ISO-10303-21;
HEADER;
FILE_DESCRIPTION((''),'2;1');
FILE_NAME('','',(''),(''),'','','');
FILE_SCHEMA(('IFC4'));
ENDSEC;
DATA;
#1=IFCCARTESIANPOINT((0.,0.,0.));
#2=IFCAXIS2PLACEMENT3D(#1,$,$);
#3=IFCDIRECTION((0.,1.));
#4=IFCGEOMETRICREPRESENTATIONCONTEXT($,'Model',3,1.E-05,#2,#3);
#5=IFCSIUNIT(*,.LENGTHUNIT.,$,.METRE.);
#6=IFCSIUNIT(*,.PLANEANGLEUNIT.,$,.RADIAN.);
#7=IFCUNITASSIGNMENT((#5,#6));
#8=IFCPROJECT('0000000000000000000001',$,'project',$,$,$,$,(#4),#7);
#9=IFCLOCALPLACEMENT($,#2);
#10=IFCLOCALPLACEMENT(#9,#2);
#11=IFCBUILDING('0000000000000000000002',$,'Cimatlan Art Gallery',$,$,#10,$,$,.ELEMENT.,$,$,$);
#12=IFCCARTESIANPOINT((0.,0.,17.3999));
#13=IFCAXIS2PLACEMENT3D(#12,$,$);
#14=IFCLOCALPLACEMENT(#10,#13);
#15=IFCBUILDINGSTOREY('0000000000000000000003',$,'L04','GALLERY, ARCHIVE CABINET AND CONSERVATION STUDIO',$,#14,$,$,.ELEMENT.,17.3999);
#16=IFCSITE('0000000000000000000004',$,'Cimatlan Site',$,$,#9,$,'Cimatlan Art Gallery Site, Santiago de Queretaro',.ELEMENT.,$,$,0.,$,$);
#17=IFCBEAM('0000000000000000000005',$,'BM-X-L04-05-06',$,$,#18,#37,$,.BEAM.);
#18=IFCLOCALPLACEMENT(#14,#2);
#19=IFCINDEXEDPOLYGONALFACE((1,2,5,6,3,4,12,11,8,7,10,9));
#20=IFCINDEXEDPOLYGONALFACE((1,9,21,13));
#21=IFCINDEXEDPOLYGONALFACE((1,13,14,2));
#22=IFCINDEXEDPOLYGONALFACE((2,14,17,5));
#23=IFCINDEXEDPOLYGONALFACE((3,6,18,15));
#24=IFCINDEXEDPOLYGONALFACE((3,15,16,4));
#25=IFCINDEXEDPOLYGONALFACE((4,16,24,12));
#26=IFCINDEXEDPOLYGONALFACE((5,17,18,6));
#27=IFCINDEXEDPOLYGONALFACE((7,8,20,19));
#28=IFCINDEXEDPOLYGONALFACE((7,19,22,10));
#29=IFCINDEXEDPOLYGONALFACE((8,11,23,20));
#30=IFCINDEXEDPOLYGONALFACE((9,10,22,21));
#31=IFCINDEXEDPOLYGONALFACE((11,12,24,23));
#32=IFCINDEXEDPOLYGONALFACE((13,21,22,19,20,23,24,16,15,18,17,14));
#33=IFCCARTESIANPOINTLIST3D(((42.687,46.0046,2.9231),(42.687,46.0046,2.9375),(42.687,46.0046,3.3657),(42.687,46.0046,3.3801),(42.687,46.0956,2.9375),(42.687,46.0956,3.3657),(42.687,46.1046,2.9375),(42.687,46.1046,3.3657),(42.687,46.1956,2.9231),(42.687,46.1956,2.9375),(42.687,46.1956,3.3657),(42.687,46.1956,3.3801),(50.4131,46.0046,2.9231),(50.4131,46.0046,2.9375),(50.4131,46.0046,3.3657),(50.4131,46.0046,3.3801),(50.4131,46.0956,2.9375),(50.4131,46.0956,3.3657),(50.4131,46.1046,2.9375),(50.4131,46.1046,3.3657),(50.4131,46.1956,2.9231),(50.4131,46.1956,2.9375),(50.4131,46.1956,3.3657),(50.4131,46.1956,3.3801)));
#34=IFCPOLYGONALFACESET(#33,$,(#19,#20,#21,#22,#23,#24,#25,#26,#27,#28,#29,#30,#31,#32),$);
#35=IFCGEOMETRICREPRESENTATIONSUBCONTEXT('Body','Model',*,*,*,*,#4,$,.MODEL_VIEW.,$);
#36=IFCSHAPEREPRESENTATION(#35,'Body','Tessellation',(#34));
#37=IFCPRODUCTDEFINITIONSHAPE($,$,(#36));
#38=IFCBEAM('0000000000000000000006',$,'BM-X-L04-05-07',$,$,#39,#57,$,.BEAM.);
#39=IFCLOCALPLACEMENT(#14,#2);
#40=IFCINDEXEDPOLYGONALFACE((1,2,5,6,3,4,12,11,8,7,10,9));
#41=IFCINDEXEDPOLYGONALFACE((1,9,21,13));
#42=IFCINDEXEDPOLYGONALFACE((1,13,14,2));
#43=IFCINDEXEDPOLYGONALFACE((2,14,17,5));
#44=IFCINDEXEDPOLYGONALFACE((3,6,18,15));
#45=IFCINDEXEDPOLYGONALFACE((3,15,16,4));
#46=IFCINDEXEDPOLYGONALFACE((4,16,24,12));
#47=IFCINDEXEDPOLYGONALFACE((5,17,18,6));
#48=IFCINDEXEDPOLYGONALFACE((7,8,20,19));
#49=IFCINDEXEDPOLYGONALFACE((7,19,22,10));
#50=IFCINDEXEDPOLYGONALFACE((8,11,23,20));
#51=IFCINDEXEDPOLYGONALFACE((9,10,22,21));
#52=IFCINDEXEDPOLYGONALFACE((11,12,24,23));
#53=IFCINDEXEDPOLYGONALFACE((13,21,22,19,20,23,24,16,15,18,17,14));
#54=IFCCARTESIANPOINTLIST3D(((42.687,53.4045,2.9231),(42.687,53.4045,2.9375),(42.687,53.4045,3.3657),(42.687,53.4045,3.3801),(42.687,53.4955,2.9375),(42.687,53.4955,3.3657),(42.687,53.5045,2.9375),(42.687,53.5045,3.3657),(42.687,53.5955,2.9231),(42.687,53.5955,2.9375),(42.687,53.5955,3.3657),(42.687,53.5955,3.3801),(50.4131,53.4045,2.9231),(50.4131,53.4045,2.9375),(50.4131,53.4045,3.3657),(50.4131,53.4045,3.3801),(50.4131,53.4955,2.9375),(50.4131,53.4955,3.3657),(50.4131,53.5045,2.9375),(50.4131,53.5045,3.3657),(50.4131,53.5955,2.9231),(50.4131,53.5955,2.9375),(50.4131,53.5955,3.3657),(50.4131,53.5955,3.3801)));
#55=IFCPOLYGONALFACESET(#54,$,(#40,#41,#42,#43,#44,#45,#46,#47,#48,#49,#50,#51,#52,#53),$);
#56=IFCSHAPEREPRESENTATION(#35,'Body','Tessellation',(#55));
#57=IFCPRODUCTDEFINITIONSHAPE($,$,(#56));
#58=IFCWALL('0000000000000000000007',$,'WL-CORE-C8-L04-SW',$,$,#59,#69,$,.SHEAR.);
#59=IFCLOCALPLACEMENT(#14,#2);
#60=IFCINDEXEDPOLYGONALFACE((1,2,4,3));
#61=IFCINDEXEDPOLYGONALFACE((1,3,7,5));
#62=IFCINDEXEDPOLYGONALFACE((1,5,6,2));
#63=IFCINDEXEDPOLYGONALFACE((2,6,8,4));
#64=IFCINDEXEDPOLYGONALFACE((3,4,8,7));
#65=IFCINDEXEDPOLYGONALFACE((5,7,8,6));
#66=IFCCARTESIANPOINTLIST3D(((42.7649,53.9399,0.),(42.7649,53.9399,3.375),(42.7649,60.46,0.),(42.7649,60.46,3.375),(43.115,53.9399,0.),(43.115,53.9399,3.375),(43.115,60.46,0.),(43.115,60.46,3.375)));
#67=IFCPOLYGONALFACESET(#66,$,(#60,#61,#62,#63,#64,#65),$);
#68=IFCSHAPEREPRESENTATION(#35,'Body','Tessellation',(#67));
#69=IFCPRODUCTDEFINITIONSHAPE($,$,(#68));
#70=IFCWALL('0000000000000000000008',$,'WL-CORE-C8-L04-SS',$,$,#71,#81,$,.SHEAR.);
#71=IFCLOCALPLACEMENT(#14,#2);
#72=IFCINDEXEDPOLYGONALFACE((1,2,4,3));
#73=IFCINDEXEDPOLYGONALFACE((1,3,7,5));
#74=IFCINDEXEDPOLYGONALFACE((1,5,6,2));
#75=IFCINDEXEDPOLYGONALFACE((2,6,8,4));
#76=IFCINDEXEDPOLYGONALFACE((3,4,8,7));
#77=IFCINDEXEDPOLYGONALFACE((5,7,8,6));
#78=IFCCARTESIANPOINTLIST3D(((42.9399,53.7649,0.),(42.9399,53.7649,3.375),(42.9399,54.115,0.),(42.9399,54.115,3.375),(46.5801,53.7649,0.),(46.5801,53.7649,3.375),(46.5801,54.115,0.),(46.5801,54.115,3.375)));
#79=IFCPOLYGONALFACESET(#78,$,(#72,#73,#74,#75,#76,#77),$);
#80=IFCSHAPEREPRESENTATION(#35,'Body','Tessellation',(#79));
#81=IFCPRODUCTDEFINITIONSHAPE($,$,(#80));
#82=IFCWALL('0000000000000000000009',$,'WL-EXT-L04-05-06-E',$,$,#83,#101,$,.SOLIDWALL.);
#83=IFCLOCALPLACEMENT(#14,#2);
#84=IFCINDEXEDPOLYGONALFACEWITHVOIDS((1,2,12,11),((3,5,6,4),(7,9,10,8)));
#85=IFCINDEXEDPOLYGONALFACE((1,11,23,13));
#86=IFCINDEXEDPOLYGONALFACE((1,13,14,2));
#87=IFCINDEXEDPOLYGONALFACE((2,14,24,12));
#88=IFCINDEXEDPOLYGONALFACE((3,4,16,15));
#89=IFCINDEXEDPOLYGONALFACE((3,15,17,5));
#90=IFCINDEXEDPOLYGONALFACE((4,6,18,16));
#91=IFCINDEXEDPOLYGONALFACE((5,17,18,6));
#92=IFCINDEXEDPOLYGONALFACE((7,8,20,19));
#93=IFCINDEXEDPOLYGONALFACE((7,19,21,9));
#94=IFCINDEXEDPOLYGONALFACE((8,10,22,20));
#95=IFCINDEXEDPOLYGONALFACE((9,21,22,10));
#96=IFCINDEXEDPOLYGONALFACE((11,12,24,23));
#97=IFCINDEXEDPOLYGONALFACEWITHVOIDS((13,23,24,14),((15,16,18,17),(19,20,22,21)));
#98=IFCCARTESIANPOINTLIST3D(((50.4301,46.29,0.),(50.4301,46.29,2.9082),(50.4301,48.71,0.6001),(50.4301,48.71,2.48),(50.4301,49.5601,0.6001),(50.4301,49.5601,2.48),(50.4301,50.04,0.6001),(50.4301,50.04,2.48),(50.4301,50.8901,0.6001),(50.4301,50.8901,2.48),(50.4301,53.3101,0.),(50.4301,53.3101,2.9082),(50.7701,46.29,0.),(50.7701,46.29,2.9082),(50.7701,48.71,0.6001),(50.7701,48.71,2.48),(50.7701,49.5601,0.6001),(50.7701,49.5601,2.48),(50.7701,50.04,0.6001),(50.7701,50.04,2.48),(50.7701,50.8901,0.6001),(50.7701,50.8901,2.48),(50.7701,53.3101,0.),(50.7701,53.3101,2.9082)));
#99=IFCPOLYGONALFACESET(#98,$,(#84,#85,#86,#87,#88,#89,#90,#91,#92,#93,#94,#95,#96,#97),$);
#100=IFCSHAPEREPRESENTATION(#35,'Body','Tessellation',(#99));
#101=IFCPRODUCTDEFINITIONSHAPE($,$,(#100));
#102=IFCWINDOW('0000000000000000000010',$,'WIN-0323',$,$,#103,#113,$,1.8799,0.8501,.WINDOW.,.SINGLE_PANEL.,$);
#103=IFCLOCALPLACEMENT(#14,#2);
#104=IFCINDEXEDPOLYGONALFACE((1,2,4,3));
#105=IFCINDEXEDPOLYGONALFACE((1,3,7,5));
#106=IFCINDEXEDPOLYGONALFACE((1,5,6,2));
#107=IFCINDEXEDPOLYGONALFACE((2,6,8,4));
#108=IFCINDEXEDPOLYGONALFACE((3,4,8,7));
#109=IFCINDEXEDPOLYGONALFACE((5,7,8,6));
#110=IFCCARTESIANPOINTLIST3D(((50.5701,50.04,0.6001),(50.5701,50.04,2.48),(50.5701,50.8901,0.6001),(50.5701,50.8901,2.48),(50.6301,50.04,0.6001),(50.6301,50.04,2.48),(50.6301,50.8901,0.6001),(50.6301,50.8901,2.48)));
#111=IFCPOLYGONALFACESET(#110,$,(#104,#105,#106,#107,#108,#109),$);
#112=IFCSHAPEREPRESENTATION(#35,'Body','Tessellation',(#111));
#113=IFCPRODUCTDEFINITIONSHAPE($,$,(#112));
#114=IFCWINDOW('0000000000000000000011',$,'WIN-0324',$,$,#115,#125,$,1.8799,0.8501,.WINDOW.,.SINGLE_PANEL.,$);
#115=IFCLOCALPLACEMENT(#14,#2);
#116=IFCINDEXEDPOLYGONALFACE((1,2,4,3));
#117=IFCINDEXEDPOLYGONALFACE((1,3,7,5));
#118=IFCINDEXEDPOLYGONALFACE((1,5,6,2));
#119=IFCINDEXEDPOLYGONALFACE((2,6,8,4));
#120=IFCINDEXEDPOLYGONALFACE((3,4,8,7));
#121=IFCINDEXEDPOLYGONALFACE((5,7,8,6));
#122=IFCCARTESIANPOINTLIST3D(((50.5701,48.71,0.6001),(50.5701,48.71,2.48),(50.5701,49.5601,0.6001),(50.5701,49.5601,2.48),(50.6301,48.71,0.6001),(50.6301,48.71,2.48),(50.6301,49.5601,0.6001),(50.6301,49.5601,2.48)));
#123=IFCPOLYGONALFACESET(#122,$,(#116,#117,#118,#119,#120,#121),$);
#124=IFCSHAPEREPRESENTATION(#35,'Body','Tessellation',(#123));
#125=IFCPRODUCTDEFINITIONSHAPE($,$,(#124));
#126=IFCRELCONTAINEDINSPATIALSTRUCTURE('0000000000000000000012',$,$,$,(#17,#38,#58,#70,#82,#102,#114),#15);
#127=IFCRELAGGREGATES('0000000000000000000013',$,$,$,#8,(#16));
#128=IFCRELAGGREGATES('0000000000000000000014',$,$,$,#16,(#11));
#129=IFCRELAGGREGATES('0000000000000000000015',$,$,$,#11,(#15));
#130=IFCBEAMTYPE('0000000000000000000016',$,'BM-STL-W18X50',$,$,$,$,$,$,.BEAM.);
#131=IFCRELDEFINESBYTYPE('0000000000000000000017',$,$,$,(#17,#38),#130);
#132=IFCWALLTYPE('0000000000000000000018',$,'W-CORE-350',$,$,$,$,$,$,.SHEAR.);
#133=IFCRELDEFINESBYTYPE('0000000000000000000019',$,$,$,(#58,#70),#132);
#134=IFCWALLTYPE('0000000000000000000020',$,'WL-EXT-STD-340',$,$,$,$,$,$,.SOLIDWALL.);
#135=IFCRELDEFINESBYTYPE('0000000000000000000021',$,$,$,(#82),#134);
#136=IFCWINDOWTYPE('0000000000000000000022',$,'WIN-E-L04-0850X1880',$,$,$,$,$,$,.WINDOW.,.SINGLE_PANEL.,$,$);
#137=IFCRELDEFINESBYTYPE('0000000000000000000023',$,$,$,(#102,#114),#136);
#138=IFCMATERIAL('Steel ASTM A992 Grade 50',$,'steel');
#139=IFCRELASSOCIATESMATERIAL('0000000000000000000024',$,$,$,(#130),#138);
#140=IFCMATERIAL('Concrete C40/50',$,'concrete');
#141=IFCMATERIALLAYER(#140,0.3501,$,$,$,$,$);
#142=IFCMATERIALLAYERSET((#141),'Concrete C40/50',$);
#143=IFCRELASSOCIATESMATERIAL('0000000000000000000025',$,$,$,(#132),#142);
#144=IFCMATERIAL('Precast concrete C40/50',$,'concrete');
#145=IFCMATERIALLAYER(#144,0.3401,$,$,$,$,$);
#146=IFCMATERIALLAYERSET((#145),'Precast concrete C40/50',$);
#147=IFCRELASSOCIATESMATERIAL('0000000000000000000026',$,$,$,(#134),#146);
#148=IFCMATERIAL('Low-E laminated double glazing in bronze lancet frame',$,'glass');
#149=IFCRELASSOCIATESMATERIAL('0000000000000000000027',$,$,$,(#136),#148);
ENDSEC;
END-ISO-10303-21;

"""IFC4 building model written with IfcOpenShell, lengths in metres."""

from ifc_helpers import new_model, si_unit, direction, frame, frame_2d, origin, origin_2d, place, context, subcontext, project, spatial, rectangle, i_section, extrude, material, layer, layer_set, material_profile, profile_set, type_object, element, fill, save


model = new_model("IFC4")

# Units and contexts
model_context = context("Model", 3, precision=1e-05, world=origin(), true_north=direction((0.0, 1.0)))
body_context = subcontext(model_context, "Body", "Model", "MODEL_VIEW")
ifc_project = project(units=[si_unit("LENGTHUNIT", "METRE"), si_unit("PLANEANGLEUNIT", "RADIAN")], contexts=[model_context])

# Site, building, storey
site_placement = place(None, origin())
site = spatial("IfcSite", under=ifc_project, at=site_placement, Name="Cimatlan Site", LongName="Cimatlan Art Gallery Site, Santiago de Queretaro", CompositionType="ELEMENT", RefElevation=0.0)
building_placement = place(site_placement, origin())
building = spatial("IfcBuilding", under=site, at=building_placement, Name="Cimatlan Art Gallery", CompositionType="ELEMENT")
storey_placement = place(building_placement, frame((0.0, 0.0, 17.3999)))
storey = spatial("IfcBuildingStorey", under=building, at=storey_placement, Name="L04", Description="GALLERY, ARCHIVE CABINET AND CONSERVATION STUDIO", CompositionType="ELEMENT", Elevation=17.3999)

# Shared definitions
ifc_material_1 = material(Name="Steel ASTM A992 Grade 50", Category="steel")

# Beams
ifc_material_profile_1 = material_profile(ifc_material_1, i_section(OverallWidth=0.1909, OverallDepth=0.457, WebThickness=0.009, FlangeThickness=0.0144, at=origin_2d()), Name="W18X50")
ifc_profile_set_1 = profile_set([ifc_material_profile_1], Name="Steel ASTM A992 Grade 50")
beam_type_1 = type_object("IfcBeamType", Name="BM-STL-W18X50", PredefinedType="BEAM", material=ifc_profile_set_1)
for number, where, z_axis, x_axis, name in (
    (1, (42.687, 46.1001, 3.1516), (1.0, 0.0, 0.0), (0.0, 1.0, 0.0), "BM-X-L04-05-06"),
    (2, (42.687, 53.5, 3.1516), (1.0, 0.0, 0.0), (0.0, 1.0, 0.0), "BM-X-L04-05-07"),
):
    element("IfcBeam", number, at=place(storey_placement, frame(where, z_axis=z_axis, x_axis=x_axis)), inside=storey, type_object=beam_type_1, Name=name, PredefinedType="BEAM", context=body_context, shape_type="SweptSolid", body=[
        extrude(i_section(OverallWidth=0.1909, OverallDepth=0.457, WebThickness=0.009, FlangeThickness=0.0144, at=origin_2d()), origin(), (0.0, 0.0, 1.0), 7.7261),
    ])

# Walls
ifc_material_2 = material(Name="Concrete C40/50", Category="concrete")
ifc_layer_1 = layer(ifc_material_2, 0.3501)
ifc_layer_set_1 = layer_set([ifc_layer_1], Name="Concrete C40/50")
wall_type_1 = type_object("IfcWallType", Name="W-CORE-350", PredefinedType="SHEAR", material=ifc_layer_set_1)
wall_1_placement = place(storey_placement, frame((42.9399, 53.9399, 0.0), z_axis=(0.0, 0.0, 1.0), x_axis=(0.0, 1.0, 0.0)))
element("IfcWall", 3, at=wall_1_placement, inside=storey, type_object=wall_type_1, Name="WL-CORE-C8-L04-SW", PredefinedType="SHEAR", context=body_context, shape_type="SweptSolid", body=[
    extrude(rectangle(XDim=6.52, YDim=0.3501, at=frame_2d((3.26, 0.0))), origin(), (0.0, 0.0, 1.0), 3.375),
])
wall_2_placement = place(storey_placement, frame((42.9399, 53.9399, 0.0), z_axis=(0.0, 0.0, 1.0), x_axis=(1.0, 0.0, 0.0)))
element("IfcWall", 4, at=wall_2_placement, inside=storey, type_object=wall_type_1, Name="WL-CORE-C8-L04-SS", PredefinedType="SHEAR", context=body_context, shape_type="SweptSolid", body=[
    extrude(rectangle(XDim=3.6401, YDim=0.3501, at=frame_2d((1.8201, 0.0))), origin(), (0.0, 0.0, 1.0), 3.375),
])

# Wall, openings, windows
ifc_material_3 = material(Name="Precast concrete C40/50", Category="concrete")
ifc_layer_2 = layer(ifc_material_3, 0.3401)
ifc_layer_set_2 = layer_set([ifc_layer_2], Name="Precast concrete C40/50")
wall_type_2 = type_object("IfcWallType", Name="WL-EXT-STD-340", PredefinedType="SOLIDWALL", material=ifc_layer_set_2)
wall_3_placement = place(storey_placement, frame((50.6001, 53.3101, 0.0), z_axis=(0.0, 0.0, 1.0), x_axis=(0.0, -1.0, 0.0)))
wall_3 = element("IfcWall", 5, at=wall_3_placement, inside=storey, type_object=wall_type_2, Name="WL-EXT-L04-05-06-E", PredefinedType="SOLIDWALL", context=body_context, shape_type="SweptSolid", body=[
    extrude(rectangle(XDim=7.02, YDim=0.3401, at=frame_2d((3.51, 0.0))), origin(), (0.0, 0.0, 1.0), 2.9082),
])
opening_1_placement = place(wall_3_placement, frame((2.4199, 0.0, 0.6001)))
opening_1 = element("IfcOpeningElement", 6, at=opening_1_placement, cuts=wall_3, PredefinedType="OPENING", context=body_context, shape_type="SweptSolid", body=[
    extrude(rectangle(XDim=0.8501, YDim=1.8799, at=frame_2d((0.425, 0.9399))), frame((0.0, 0.1802, 0.0), z_axis=(0.0, -1.0, 0.0), x_axis=(1.0, 0.0, 0.0)), (0.0, 0.0, 1.0), 0.3601),
])
opening_2_placement = place(wall_3_placement, frame((3.75, 0.0, 0.6001)))
opening_2 = element("IfcOpeningElement", 7, at=opening_2_placement, cuts=wall_3, PredefinedType="OPENING", context=body_context, shape_type="SweptSolid", body=[
    extrude(rectangle(XDim=0.8501, YDim=1.8799, at=frame_2d((0.425, 0.9399))), frame((0.0, 0.1802, 0.0), z_axis=(0.0, -1.0, 0.0), x_axis=(1.0, 0.0, 0.0)), (0.0, 0.0, 1.0), 0.3601),
])
ifc_material_4 = material(Name="Low-E laminated double glazing in bronze lancet frame", Category="glass")
window_type = type_object("IfcWindowType", Name="WIN-E-L04-0850X1880", PartitioningType="SINGLE_PANEL", PredefinedType="WINDOW", material=ifc_material_4)
window_1_placement = place(opening_1_placement, origin())
window_1 = element("IfcWindow", 8, at=window_1_placement, inside=storey, type_object=window_type, Name="WIN-0323", OverallHeight=1.8799, OverallWidth=0.8501, PartitioningType="SINGLE_PANEL", PredefinedType="WINDOW", context=body_context, shape_type="SweptSolid", body=[
    extrude(rectangle(XDim=0.8501, YDim=1.8799, at=frame_2d((0.425, 0.9399))), frame((0.0, 0.03, 0.0), z_axis=(0.0, -1.0, 0.0), x_axis=(1.0, 0.0, 0.0)), (0.0, 0.0, 1.0), 0.0601),
])
fill(opening_1, window_1)
window_2_placement = place(opening_2_placement, origin())
window_2 = element("IfcWindow", 9, at=window_2_placement, inside=storey, type_object=window_type, Name="WIN-0324", OverallHeight=1.8799, OverallWidth=0.8501, PartitioningType="SINGLE_PANEL", PredefinedType="WINDOW", context=body_context, shape_type="SweptSolid", body=[
    extrude(rectangle(XDim=0.8501, YDim=1.8799, at=frame_2d((0.425, 0.9399))), frame((0.0, 0.03, 0.0), z_axis=(0.0, -1.0, 0.0), x_axis=(1.0, 0.0, 0.0)), (0.0, 0.0, 1.0), 0.0601),
])
fill(opening_2, window_2)

save(model, "model.ifc")
